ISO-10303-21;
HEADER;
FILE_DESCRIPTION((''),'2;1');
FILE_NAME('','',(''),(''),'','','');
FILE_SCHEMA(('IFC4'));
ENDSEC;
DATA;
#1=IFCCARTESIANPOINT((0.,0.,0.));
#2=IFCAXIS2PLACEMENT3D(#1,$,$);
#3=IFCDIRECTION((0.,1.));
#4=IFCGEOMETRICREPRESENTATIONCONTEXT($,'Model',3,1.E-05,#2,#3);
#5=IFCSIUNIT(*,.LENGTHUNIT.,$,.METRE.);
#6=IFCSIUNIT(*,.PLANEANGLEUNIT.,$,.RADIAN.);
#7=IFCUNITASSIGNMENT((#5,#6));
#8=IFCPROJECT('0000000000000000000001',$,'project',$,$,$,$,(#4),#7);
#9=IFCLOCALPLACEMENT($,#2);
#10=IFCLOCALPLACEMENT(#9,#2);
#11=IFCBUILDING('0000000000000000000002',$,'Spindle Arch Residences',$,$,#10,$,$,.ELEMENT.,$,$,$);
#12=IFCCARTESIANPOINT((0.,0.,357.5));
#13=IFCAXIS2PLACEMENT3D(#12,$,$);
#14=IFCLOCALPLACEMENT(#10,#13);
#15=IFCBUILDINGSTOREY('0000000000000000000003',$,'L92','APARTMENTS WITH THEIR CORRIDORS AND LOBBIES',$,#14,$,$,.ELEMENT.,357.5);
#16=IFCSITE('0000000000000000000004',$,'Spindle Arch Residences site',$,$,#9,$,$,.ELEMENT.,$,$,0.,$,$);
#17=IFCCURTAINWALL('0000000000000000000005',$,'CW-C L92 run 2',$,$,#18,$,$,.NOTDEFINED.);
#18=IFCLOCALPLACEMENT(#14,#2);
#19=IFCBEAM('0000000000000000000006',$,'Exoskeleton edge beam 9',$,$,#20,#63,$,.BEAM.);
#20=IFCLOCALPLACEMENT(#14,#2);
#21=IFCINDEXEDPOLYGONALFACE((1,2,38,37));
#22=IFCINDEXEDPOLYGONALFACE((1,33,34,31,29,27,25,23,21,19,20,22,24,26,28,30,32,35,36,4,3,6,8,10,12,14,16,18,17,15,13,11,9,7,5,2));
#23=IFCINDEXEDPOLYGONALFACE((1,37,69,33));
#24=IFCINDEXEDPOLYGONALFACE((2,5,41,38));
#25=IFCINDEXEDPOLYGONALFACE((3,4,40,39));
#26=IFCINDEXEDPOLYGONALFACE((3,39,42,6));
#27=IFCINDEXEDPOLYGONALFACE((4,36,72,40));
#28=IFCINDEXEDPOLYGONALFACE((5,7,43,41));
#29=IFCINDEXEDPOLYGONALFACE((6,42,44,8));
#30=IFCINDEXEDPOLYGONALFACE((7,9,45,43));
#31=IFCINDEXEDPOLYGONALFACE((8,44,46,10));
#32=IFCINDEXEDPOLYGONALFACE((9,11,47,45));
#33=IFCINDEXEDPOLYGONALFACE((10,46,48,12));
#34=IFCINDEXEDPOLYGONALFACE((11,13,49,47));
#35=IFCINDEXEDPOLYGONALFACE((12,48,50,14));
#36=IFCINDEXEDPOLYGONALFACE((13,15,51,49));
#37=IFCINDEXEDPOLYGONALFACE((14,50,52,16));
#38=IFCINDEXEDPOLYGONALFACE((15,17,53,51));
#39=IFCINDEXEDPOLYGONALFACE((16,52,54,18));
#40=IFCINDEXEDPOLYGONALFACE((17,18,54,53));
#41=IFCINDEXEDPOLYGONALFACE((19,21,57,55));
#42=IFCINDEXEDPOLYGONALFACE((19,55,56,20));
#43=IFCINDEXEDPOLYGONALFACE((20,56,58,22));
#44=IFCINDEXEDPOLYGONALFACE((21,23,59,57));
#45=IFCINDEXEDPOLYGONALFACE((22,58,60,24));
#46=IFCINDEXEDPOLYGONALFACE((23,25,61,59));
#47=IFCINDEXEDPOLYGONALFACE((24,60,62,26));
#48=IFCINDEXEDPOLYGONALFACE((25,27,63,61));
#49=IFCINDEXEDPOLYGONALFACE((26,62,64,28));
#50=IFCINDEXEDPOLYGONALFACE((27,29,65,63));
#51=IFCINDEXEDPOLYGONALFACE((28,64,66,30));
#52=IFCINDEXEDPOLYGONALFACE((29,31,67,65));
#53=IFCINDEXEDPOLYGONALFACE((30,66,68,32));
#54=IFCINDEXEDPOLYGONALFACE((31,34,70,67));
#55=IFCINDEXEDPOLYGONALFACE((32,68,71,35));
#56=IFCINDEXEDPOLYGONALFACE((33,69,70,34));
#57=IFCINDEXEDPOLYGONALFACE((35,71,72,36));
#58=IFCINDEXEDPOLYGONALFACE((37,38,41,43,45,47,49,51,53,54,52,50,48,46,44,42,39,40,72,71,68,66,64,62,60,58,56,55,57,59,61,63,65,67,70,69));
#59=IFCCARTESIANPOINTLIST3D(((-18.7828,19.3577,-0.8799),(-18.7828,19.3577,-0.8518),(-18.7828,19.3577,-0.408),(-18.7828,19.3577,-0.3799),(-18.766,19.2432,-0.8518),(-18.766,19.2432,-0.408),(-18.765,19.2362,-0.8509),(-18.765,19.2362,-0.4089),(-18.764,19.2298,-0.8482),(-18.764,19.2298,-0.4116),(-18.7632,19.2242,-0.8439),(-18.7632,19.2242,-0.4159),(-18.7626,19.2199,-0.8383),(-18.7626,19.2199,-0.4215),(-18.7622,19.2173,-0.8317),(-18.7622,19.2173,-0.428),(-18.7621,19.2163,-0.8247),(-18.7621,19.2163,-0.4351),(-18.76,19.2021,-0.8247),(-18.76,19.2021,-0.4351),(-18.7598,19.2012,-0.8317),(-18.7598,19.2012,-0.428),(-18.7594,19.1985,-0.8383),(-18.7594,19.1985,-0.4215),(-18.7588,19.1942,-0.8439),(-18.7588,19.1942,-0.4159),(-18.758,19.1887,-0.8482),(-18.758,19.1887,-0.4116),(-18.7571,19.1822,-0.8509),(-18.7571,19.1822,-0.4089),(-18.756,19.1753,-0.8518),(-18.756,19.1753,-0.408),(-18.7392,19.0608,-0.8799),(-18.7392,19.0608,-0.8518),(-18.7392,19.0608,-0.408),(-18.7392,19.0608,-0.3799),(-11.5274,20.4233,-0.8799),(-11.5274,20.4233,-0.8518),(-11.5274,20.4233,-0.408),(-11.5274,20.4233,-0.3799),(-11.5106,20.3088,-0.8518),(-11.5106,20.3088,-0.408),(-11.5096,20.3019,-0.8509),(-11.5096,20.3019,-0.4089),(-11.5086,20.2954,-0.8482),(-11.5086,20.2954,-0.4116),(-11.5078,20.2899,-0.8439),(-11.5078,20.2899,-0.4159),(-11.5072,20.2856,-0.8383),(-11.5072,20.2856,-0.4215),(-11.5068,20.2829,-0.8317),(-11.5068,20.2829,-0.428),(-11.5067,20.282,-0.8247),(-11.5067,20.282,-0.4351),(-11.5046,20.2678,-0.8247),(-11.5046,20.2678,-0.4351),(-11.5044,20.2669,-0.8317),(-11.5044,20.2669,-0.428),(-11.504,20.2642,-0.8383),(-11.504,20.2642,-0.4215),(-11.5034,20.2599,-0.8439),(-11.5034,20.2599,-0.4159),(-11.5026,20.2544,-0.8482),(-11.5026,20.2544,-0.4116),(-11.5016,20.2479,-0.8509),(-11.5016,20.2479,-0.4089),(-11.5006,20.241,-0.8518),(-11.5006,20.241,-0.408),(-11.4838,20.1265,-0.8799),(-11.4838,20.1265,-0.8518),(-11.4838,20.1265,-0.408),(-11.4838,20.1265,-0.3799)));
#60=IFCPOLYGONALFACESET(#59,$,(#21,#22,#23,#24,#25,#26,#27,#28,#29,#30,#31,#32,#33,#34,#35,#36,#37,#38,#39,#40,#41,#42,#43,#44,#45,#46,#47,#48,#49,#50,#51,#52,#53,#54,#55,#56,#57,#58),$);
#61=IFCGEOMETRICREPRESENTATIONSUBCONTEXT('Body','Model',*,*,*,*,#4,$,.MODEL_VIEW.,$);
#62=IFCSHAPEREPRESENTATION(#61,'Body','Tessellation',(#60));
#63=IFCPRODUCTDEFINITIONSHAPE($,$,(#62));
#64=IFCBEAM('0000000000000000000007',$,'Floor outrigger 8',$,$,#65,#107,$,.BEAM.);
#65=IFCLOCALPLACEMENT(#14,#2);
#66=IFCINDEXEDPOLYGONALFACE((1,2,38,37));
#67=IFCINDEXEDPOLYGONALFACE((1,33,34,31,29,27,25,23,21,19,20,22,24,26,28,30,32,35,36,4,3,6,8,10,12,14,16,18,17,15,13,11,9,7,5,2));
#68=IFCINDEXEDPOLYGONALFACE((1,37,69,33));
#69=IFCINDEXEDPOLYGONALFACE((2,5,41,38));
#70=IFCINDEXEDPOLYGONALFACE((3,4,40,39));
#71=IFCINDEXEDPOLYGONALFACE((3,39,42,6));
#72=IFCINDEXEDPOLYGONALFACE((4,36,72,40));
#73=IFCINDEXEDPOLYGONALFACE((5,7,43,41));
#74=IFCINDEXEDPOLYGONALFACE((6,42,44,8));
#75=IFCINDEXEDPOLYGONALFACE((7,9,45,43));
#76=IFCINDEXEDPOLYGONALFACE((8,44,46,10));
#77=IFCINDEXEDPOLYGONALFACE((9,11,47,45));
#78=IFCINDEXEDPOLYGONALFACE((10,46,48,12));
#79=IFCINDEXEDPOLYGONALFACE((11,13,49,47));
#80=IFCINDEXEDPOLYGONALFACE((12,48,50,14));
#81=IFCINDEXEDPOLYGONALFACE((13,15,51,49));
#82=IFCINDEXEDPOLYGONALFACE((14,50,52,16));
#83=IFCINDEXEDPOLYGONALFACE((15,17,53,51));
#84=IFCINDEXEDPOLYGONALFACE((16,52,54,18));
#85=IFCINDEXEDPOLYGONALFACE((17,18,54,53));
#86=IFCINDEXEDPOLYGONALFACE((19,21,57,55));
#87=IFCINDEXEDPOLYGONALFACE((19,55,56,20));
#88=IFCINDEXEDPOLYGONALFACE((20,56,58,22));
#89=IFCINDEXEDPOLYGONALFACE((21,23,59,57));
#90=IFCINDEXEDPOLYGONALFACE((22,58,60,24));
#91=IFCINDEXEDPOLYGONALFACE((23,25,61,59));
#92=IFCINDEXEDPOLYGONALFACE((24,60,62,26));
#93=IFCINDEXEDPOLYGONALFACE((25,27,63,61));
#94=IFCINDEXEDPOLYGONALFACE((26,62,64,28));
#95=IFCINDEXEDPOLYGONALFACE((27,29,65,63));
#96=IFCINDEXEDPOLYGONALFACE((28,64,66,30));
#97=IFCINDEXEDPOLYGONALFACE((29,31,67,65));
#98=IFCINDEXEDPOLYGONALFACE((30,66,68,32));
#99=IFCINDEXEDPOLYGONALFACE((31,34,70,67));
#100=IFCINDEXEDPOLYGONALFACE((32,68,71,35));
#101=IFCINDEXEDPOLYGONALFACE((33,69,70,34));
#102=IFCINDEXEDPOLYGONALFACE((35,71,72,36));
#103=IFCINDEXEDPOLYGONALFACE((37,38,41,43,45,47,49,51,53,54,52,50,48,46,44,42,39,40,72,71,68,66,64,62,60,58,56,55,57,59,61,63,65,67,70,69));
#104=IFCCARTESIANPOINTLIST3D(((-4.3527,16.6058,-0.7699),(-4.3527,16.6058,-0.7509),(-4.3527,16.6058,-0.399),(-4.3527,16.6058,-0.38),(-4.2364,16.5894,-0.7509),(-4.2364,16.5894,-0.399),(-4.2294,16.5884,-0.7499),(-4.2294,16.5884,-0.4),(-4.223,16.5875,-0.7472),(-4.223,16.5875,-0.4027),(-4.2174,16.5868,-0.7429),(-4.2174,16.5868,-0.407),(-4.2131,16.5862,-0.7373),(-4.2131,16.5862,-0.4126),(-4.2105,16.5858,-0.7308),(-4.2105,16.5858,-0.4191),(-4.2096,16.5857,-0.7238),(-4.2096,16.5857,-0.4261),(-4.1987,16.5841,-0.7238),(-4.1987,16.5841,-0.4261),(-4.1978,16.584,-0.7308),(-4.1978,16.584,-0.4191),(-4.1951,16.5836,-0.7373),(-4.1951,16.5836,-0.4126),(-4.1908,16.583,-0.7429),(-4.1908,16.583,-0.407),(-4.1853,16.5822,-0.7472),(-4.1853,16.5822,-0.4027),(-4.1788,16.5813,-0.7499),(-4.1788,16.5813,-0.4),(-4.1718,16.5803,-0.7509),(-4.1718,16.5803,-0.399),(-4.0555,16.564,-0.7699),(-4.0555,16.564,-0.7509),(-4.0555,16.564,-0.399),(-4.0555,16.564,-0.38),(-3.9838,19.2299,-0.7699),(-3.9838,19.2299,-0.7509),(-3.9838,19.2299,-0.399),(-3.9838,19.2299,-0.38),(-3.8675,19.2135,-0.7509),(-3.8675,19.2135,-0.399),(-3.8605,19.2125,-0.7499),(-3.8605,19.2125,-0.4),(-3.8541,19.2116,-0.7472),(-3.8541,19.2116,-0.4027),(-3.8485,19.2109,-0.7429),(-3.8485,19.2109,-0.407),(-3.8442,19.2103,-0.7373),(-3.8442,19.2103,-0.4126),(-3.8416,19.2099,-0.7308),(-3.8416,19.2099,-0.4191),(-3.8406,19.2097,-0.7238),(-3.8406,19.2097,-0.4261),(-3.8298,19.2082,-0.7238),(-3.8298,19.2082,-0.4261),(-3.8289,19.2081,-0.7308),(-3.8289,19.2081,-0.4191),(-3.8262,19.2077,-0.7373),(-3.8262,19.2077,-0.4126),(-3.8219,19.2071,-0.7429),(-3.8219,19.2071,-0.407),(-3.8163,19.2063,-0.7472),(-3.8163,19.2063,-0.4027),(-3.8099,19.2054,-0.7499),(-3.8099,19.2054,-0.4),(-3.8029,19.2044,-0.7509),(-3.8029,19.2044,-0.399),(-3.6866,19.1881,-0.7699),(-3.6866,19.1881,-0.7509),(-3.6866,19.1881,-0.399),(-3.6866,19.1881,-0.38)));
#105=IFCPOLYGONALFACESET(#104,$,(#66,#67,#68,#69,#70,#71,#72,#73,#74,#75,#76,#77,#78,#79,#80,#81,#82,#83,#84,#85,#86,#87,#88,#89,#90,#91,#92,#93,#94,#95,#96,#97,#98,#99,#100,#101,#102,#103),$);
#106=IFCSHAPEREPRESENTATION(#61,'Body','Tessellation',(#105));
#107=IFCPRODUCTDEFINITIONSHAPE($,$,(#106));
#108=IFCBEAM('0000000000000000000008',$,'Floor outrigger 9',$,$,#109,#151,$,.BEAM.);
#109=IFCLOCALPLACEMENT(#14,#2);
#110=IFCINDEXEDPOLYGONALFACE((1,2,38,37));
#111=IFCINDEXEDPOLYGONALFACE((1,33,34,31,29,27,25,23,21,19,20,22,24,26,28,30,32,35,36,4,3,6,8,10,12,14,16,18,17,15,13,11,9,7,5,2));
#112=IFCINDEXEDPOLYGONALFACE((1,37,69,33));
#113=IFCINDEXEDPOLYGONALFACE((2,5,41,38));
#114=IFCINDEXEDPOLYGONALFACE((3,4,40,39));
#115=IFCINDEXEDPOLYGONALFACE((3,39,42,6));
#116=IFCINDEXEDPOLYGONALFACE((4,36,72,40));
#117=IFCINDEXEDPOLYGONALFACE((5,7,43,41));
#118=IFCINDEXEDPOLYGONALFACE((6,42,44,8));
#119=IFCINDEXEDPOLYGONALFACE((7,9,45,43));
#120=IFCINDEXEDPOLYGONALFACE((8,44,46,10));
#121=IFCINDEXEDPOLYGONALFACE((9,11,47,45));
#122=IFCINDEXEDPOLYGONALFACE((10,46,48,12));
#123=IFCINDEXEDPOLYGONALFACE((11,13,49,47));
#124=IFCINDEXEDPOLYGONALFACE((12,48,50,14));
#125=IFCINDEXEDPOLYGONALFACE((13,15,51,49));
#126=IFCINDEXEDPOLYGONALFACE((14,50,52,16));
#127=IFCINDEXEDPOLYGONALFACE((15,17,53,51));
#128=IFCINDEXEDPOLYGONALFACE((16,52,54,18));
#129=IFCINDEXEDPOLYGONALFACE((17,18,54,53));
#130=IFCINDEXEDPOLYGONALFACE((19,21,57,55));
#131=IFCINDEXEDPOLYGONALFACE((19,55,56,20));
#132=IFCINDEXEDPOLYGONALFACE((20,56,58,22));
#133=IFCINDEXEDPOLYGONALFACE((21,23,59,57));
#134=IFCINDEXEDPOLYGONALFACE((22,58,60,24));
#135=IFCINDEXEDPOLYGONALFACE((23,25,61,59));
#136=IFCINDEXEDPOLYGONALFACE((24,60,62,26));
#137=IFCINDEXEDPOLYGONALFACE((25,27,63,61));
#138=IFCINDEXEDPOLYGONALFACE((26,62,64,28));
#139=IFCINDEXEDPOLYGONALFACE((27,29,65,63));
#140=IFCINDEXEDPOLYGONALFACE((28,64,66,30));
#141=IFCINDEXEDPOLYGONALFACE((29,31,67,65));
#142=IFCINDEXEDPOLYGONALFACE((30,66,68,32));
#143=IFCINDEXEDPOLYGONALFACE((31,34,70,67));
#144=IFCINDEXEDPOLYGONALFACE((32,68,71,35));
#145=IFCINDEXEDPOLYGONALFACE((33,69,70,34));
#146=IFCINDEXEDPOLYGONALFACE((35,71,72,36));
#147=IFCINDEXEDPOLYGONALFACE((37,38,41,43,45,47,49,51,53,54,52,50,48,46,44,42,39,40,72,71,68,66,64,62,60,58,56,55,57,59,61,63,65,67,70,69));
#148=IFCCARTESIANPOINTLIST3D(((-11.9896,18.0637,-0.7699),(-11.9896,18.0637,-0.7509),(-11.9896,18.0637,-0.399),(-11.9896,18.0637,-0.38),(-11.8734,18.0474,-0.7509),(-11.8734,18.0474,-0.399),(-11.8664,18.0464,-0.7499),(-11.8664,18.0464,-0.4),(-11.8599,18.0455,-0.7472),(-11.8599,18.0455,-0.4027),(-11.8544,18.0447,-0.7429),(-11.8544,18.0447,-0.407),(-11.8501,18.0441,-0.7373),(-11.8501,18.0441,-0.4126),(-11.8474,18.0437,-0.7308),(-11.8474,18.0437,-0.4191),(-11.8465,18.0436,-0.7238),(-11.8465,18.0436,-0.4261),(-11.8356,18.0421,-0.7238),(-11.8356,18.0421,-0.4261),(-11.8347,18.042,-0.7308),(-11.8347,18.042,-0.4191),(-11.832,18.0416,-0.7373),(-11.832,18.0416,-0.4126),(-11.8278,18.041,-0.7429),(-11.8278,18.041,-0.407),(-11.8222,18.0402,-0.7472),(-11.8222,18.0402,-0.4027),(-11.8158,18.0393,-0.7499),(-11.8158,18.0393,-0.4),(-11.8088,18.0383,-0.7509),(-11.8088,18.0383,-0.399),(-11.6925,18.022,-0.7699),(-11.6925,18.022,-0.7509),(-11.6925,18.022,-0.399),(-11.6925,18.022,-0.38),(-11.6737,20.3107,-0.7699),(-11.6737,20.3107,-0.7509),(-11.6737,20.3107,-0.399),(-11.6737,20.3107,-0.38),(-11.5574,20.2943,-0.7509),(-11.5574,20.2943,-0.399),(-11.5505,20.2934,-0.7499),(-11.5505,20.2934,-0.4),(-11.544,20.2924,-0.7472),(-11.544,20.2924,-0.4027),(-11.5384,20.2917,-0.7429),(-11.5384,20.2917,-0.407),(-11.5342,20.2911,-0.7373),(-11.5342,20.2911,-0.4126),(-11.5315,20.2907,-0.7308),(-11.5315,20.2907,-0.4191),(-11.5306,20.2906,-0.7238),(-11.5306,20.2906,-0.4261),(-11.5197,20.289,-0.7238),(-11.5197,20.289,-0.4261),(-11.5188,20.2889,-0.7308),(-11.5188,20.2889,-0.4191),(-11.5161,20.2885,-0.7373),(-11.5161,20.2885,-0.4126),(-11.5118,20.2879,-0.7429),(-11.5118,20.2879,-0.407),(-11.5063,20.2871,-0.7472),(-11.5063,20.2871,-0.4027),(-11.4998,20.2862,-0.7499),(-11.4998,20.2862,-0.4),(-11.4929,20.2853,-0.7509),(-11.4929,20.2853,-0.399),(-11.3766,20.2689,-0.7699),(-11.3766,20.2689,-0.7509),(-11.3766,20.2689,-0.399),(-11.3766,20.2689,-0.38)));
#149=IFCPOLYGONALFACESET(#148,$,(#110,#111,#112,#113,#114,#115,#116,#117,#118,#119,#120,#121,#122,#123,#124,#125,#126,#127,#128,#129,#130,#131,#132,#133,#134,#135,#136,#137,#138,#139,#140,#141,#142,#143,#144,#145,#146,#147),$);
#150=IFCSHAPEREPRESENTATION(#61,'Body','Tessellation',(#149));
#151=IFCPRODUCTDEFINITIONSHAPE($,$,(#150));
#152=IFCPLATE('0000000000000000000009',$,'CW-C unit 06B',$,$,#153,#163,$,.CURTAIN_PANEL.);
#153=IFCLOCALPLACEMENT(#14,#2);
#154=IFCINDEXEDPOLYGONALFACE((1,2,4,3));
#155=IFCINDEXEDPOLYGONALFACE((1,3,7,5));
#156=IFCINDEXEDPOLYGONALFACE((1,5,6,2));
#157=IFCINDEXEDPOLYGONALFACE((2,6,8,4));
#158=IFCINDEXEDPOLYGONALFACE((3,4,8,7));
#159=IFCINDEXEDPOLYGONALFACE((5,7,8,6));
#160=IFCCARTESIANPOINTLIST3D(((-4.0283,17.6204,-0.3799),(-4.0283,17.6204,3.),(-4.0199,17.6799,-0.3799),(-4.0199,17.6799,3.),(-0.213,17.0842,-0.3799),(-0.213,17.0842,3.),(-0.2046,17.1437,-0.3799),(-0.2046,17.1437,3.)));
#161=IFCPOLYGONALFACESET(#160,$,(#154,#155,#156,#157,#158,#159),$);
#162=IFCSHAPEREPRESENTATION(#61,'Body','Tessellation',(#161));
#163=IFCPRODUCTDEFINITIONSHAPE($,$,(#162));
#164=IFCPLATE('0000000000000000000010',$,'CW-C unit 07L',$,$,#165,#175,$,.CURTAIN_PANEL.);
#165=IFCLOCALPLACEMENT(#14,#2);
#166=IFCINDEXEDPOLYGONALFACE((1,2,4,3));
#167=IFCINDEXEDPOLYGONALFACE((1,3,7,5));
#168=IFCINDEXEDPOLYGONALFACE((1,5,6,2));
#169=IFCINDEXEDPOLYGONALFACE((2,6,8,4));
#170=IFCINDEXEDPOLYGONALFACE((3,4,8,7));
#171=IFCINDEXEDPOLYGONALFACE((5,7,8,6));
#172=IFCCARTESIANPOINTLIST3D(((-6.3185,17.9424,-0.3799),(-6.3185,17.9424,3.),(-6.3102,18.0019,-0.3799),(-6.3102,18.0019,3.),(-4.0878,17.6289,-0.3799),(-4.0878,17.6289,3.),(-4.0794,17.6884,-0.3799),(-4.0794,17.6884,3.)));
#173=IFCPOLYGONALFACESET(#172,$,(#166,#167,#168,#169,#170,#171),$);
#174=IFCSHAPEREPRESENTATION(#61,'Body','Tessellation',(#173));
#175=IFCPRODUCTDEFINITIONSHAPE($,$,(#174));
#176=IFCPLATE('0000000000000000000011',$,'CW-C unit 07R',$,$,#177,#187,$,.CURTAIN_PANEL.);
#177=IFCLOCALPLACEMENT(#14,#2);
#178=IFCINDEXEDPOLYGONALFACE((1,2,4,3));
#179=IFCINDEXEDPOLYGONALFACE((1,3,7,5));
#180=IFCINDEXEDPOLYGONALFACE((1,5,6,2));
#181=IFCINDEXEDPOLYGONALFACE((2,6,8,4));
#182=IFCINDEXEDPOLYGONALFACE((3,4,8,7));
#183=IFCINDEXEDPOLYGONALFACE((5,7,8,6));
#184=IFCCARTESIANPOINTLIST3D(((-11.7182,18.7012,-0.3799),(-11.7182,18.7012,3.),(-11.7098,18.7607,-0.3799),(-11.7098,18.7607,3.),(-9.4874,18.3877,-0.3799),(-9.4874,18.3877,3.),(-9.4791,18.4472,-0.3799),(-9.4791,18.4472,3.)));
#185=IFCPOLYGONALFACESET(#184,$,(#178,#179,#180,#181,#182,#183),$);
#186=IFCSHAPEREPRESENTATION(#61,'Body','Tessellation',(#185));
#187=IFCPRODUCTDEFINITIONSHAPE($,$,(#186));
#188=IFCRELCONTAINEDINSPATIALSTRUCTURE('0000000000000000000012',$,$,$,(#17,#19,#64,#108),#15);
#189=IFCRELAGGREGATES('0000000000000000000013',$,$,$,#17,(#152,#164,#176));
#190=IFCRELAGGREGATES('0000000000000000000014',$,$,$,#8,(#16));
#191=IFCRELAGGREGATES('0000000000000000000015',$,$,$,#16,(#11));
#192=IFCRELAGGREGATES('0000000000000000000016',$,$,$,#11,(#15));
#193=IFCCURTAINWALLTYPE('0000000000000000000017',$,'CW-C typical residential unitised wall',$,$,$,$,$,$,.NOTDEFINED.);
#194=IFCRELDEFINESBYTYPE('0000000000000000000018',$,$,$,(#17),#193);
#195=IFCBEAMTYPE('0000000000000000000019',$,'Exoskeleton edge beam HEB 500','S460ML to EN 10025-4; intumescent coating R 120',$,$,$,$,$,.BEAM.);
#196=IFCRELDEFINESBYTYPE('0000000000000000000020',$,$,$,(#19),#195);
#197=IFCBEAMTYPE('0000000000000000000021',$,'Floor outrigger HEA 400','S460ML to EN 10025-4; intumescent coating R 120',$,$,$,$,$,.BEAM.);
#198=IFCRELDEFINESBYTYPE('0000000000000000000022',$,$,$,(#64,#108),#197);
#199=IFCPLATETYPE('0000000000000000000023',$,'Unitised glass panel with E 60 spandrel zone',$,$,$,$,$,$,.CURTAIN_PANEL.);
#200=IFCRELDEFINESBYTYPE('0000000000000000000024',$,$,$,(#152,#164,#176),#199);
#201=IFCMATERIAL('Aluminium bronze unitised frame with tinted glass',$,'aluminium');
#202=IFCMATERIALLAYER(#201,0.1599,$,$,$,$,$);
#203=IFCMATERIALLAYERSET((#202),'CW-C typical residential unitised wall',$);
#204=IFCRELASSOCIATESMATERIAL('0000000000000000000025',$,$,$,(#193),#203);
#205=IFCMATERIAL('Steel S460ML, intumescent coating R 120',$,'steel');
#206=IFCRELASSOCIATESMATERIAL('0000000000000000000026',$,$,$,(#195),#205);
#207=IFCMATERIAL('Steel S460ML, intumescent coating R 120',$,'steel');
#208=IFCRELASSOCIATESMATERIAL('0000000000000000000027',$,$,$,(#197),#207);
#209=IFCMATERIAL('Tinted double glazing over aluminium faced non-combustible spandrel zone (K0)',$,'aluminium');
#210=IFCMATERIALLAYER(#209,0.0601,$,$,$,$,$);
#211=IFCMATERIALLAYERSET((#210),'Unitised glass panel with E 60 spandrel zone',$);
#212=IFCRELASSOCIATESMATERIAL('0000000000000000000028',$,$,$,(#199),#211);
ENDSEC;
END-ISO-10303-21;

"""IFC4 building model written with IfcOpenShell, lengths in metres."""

from ifc_helpers import new_model, si_unit, direction, frame, origin, origin_2d, place, context, subcontext, project, spatial, rectangle, i_section, extrude, material, layer, layer_set, material_profile, profile_set, type_object, element, aggregate, save


model = new_model("IFC4")

# Units and contexts
model_context = context("Model", 3, precision=1e-05, world=origin(), true_north=direction((0.0, 1.0)))
body_context = subcontext(model_context, "Body", "Model", "MODEL_VIEW")
ifc_project = project(units=[si_unit("LENGTHUNIT", "METRE"), si_unit("PLANEANGLEUNIT", "RADIAN")], contexts=[model_context])

# Site, building, storey
site_placement = place(None, origin())
site = spatial("IfcSite", under=ifc_project, at=site_placement, Name="Spindle Arch Residences site", CompositionType="ELEMENT", RefElevation=0.0)
building_placement = place(site_placement, origin())
building = spatial("IfcBuilding", under=site, at=building_placement, Name="Spindle Arch Residences", CompositionType="ELEMENT")
storey_placement = place(building_placement, frame((0.0, 0.0, 357.5)))
storey = spatial("IfcBuildingStorey", under=building, at=storey_placement, Name="L92", Description="APARTMENTS WITH THEIR CORRIDORS AND LOBBIES", CompositionType="ELEMENT", Elevation=357.5)

# Curtain wall
ifc_material_1 = material(Name="Aluminium bronze unitised frame with tinted glass", Category="aluminium")
ifc_layer_1 = layer(ifc_material_1, 0.1599)
ifc_layer_set_1 = layer_set([ifc_layer_1], Name="CW-C typical residential unitised wall")
curtain_wall_type_1 = type_object("IfcCurtainWallType", Name="CW-C typical residential unitised wall", PredefinedType="NOTDEFINED", material=ifc_layer_set_1)
curtain_wall_1_placement = place(storey_placement, origin())
curtain_wall_1 = element("IfcCurtainWall", 1, at=curtain_wall_1_placement, inside=storey, type_object=curtain_wall_type_1, Name="CW-C L92 run 2", PredefinedType="NOTDEFINED")

# Beams
ifc_material_2 = material(Name="Steel S460ML, intumescent coating R 120", Category="steel")
ifc_material_profile_1 = material_profile(ifc_material_2, i_section(OverallWidth=0.3, OverallDepth=0.5, WebThickness=0.0144, FlangeThickness=0.0281, FilletRadius=0.0271, at=origin_2d()), Name="HEB 500")
ifc_profile_set_1 = profile_set([ifc_material_profile_1], Name="Steel S460ML, intumescent coating R 120")
beam_type_1 = type_object("IfcBeamType", Name="Exoskeleton edge beam HEB 500", Description="S460ML to EN 10025-4; intumescent coating R 120", PredefinedType="BEAM", material=ifc_profile_set_1)
beam_1_placement = place(storey_placement, frame((-11.5056, 20.2749, -0.6299), z_axis=(-0.989384, -0.145321, 0.0), x_axis=(0.145321, -0.989384, 0.0)))
element("IfcBeam", 2, at=beam_1_placement, inside=storey, type_object=beam_type_1, Name="Exoskeleton edge beam 9", PredefinedType="BEAM", context=body_context, shape_type="SweptSolid", body=[
    extrude(i_section(OverallWidth=0.3, OverallDepth=0.5, WebThickness=0.0144, FlangeThickness=0.0281, FilletRadius=0.0271, at=origin_2d()), origin(), (0.0, 0.0, 1.0), 7.3333),
])
ifc_material_3 = material(Name="Steel S460ML, intumescent coating R 120", Category="steel")
ifc_material_profile_2 = material_profile(ifc_material_3, i_section(OverallWidth=0.3, OverallDepth=0.3899, WebThickness=0.011, FlangeThickness=0.019, FilletRadius=0.0271, at=origin_2d()), Name="HEA 400")
ifc_profile_set_2 = profile_set([ifc_material_profile_2], Name="Steel S460ML, intumescent coating R 120")
beam_type_2 = type_object("IfcBeamType", Name="Floor outrigger HEA 400", Description="S460ML to EN 10025-4; intumescent coating R 120", PredefinedType="BEAM", material=ifc_profile_set_2)
beam_2_placement = place(storey_placement, frame((-3.8352, 19.209, -0.575), z_axis=(-0.139215, -0.990262, 0.0), x_axis=(0.990262, -0.139215, 0.0)))
element("IfcBeam", 3, at=beam_2_placement, inside=storey, type_object=beam_type_2, Name="Floor outrigger 8", PredefinedType="BEAM", context=body_context, shape_type="SweptSolid", body=[
    extrude(i_section(OverallWidth=0.3, OverallDepth=0.3899, WebThickness=0.011, FlangeThickness=0.019, FilletRadius=0.0271, at=origin_2d()), origin(), (0.0, 0.0, 1.0), 2.6499),
])
beam_3_placement = place(storey_placement, frame((-11.5251, 20.2898, -0.575), z_axis=(-0.139237, -0.990259, 0.0), x_axis=(0.990259, -0.139237, 0.0)))
element("IfcBeam", 4, at=beam_3_placement, inside=storey, type_object=beam_type_2, Name="Floor outrigger 9", PredefinedType="BEAM", context=body_context, shape_type="SweptSolid", body=[
    extrude(i_section(OverallWidth=0.3, OverallDepth=0.3899, WebThickness=0.011, FlangeThickness=0.019, FilletRadius=0.0271, at=origin_2d()), origin(), (0.0, 0.0, 1.0), 2.269),
])

# Plates
ifc_material_4 = material(Name="Tinted double glazing over aluminium faced non-combustible spandrel zone (K0)", Category="aluminium")
ifc_layer_2 = layer(ifc_material_4, 0.0601)
ifc_layer_set_2 = layer_set([ifc_layer_2], Name="Unitised glass panel with E 60 spandrel zone")
plate_type = type_object("IfcPlateType", Name="Unitised glass panel with E 60 spandrel zone", PredefinedType="CURTAIN_PANEL", material=ifc_layer_set_2)
plate_1_placement = place(storey_placement, frame((-2.1165, 17.3821, -0.3799), z_axis=(0.0, 0.0, 1.0), x_axis=(-0.990268, 0.139173, 0.0)))
plate_1 = element("IfcPlate", 5, at=plate_1_placement, type_object=plate_type, Name="CW-C unit 06B", PredefinedType="CURTAIN_PANEL", context=body_context, shape_type="SweptSolid", body=[
    extrude(rectangle(XDim=3.8528, YDim=0.0601, at=origin_2d()), origin(), (0.0, 0.0, 1.0), 3.3799),
])
plate_2_placement = place(storey_placement, frame((-5.199, 17.8154, -0.3799), z_axis=(0.0, 0.0, 1.0), x_axis=(-0.990268, 0.139173, 0.0)))
plate_2 = element("IfcPlate", 6, at=plate_2_placement, type_object=plate_type, Name="CW-C unit 07L", PredefinedType="CURTAIN_PANEL", context=body_context, shape_type="SweptSolid", body=[
    extrude(rectangle(XDim=2.2527, YDim=0.0601, at=origin_2d()), origin(), (0.0, 0.0, 1.0), 3.3799),
])
plate_3_placement = place(storey_placement, frame((-10.5986, 18.5742, -0.3799), z_axis=(0.0, 0.0, 1.0), x_axis=(-0.990268, 0.139173, 0.0)))
plate_3 = element("IfcPlate", 7, at=plate_3_placement, type_object=plate_type, Name="CW-C unit 07R", PredefinedType="CURTAIN_PANEL", context=body_context, shape_type="SweptSolid", body=[
    extrude(rectangle(XDim=2.2527, YDim=0.0601, at=origin_2d()), origin(), (0.0, 0.0, 1.0), 3.3799),
])
aggregate(curtain_wall_1, [plate_1, plate_2, plate_3])

save(model, "model.ifc")
